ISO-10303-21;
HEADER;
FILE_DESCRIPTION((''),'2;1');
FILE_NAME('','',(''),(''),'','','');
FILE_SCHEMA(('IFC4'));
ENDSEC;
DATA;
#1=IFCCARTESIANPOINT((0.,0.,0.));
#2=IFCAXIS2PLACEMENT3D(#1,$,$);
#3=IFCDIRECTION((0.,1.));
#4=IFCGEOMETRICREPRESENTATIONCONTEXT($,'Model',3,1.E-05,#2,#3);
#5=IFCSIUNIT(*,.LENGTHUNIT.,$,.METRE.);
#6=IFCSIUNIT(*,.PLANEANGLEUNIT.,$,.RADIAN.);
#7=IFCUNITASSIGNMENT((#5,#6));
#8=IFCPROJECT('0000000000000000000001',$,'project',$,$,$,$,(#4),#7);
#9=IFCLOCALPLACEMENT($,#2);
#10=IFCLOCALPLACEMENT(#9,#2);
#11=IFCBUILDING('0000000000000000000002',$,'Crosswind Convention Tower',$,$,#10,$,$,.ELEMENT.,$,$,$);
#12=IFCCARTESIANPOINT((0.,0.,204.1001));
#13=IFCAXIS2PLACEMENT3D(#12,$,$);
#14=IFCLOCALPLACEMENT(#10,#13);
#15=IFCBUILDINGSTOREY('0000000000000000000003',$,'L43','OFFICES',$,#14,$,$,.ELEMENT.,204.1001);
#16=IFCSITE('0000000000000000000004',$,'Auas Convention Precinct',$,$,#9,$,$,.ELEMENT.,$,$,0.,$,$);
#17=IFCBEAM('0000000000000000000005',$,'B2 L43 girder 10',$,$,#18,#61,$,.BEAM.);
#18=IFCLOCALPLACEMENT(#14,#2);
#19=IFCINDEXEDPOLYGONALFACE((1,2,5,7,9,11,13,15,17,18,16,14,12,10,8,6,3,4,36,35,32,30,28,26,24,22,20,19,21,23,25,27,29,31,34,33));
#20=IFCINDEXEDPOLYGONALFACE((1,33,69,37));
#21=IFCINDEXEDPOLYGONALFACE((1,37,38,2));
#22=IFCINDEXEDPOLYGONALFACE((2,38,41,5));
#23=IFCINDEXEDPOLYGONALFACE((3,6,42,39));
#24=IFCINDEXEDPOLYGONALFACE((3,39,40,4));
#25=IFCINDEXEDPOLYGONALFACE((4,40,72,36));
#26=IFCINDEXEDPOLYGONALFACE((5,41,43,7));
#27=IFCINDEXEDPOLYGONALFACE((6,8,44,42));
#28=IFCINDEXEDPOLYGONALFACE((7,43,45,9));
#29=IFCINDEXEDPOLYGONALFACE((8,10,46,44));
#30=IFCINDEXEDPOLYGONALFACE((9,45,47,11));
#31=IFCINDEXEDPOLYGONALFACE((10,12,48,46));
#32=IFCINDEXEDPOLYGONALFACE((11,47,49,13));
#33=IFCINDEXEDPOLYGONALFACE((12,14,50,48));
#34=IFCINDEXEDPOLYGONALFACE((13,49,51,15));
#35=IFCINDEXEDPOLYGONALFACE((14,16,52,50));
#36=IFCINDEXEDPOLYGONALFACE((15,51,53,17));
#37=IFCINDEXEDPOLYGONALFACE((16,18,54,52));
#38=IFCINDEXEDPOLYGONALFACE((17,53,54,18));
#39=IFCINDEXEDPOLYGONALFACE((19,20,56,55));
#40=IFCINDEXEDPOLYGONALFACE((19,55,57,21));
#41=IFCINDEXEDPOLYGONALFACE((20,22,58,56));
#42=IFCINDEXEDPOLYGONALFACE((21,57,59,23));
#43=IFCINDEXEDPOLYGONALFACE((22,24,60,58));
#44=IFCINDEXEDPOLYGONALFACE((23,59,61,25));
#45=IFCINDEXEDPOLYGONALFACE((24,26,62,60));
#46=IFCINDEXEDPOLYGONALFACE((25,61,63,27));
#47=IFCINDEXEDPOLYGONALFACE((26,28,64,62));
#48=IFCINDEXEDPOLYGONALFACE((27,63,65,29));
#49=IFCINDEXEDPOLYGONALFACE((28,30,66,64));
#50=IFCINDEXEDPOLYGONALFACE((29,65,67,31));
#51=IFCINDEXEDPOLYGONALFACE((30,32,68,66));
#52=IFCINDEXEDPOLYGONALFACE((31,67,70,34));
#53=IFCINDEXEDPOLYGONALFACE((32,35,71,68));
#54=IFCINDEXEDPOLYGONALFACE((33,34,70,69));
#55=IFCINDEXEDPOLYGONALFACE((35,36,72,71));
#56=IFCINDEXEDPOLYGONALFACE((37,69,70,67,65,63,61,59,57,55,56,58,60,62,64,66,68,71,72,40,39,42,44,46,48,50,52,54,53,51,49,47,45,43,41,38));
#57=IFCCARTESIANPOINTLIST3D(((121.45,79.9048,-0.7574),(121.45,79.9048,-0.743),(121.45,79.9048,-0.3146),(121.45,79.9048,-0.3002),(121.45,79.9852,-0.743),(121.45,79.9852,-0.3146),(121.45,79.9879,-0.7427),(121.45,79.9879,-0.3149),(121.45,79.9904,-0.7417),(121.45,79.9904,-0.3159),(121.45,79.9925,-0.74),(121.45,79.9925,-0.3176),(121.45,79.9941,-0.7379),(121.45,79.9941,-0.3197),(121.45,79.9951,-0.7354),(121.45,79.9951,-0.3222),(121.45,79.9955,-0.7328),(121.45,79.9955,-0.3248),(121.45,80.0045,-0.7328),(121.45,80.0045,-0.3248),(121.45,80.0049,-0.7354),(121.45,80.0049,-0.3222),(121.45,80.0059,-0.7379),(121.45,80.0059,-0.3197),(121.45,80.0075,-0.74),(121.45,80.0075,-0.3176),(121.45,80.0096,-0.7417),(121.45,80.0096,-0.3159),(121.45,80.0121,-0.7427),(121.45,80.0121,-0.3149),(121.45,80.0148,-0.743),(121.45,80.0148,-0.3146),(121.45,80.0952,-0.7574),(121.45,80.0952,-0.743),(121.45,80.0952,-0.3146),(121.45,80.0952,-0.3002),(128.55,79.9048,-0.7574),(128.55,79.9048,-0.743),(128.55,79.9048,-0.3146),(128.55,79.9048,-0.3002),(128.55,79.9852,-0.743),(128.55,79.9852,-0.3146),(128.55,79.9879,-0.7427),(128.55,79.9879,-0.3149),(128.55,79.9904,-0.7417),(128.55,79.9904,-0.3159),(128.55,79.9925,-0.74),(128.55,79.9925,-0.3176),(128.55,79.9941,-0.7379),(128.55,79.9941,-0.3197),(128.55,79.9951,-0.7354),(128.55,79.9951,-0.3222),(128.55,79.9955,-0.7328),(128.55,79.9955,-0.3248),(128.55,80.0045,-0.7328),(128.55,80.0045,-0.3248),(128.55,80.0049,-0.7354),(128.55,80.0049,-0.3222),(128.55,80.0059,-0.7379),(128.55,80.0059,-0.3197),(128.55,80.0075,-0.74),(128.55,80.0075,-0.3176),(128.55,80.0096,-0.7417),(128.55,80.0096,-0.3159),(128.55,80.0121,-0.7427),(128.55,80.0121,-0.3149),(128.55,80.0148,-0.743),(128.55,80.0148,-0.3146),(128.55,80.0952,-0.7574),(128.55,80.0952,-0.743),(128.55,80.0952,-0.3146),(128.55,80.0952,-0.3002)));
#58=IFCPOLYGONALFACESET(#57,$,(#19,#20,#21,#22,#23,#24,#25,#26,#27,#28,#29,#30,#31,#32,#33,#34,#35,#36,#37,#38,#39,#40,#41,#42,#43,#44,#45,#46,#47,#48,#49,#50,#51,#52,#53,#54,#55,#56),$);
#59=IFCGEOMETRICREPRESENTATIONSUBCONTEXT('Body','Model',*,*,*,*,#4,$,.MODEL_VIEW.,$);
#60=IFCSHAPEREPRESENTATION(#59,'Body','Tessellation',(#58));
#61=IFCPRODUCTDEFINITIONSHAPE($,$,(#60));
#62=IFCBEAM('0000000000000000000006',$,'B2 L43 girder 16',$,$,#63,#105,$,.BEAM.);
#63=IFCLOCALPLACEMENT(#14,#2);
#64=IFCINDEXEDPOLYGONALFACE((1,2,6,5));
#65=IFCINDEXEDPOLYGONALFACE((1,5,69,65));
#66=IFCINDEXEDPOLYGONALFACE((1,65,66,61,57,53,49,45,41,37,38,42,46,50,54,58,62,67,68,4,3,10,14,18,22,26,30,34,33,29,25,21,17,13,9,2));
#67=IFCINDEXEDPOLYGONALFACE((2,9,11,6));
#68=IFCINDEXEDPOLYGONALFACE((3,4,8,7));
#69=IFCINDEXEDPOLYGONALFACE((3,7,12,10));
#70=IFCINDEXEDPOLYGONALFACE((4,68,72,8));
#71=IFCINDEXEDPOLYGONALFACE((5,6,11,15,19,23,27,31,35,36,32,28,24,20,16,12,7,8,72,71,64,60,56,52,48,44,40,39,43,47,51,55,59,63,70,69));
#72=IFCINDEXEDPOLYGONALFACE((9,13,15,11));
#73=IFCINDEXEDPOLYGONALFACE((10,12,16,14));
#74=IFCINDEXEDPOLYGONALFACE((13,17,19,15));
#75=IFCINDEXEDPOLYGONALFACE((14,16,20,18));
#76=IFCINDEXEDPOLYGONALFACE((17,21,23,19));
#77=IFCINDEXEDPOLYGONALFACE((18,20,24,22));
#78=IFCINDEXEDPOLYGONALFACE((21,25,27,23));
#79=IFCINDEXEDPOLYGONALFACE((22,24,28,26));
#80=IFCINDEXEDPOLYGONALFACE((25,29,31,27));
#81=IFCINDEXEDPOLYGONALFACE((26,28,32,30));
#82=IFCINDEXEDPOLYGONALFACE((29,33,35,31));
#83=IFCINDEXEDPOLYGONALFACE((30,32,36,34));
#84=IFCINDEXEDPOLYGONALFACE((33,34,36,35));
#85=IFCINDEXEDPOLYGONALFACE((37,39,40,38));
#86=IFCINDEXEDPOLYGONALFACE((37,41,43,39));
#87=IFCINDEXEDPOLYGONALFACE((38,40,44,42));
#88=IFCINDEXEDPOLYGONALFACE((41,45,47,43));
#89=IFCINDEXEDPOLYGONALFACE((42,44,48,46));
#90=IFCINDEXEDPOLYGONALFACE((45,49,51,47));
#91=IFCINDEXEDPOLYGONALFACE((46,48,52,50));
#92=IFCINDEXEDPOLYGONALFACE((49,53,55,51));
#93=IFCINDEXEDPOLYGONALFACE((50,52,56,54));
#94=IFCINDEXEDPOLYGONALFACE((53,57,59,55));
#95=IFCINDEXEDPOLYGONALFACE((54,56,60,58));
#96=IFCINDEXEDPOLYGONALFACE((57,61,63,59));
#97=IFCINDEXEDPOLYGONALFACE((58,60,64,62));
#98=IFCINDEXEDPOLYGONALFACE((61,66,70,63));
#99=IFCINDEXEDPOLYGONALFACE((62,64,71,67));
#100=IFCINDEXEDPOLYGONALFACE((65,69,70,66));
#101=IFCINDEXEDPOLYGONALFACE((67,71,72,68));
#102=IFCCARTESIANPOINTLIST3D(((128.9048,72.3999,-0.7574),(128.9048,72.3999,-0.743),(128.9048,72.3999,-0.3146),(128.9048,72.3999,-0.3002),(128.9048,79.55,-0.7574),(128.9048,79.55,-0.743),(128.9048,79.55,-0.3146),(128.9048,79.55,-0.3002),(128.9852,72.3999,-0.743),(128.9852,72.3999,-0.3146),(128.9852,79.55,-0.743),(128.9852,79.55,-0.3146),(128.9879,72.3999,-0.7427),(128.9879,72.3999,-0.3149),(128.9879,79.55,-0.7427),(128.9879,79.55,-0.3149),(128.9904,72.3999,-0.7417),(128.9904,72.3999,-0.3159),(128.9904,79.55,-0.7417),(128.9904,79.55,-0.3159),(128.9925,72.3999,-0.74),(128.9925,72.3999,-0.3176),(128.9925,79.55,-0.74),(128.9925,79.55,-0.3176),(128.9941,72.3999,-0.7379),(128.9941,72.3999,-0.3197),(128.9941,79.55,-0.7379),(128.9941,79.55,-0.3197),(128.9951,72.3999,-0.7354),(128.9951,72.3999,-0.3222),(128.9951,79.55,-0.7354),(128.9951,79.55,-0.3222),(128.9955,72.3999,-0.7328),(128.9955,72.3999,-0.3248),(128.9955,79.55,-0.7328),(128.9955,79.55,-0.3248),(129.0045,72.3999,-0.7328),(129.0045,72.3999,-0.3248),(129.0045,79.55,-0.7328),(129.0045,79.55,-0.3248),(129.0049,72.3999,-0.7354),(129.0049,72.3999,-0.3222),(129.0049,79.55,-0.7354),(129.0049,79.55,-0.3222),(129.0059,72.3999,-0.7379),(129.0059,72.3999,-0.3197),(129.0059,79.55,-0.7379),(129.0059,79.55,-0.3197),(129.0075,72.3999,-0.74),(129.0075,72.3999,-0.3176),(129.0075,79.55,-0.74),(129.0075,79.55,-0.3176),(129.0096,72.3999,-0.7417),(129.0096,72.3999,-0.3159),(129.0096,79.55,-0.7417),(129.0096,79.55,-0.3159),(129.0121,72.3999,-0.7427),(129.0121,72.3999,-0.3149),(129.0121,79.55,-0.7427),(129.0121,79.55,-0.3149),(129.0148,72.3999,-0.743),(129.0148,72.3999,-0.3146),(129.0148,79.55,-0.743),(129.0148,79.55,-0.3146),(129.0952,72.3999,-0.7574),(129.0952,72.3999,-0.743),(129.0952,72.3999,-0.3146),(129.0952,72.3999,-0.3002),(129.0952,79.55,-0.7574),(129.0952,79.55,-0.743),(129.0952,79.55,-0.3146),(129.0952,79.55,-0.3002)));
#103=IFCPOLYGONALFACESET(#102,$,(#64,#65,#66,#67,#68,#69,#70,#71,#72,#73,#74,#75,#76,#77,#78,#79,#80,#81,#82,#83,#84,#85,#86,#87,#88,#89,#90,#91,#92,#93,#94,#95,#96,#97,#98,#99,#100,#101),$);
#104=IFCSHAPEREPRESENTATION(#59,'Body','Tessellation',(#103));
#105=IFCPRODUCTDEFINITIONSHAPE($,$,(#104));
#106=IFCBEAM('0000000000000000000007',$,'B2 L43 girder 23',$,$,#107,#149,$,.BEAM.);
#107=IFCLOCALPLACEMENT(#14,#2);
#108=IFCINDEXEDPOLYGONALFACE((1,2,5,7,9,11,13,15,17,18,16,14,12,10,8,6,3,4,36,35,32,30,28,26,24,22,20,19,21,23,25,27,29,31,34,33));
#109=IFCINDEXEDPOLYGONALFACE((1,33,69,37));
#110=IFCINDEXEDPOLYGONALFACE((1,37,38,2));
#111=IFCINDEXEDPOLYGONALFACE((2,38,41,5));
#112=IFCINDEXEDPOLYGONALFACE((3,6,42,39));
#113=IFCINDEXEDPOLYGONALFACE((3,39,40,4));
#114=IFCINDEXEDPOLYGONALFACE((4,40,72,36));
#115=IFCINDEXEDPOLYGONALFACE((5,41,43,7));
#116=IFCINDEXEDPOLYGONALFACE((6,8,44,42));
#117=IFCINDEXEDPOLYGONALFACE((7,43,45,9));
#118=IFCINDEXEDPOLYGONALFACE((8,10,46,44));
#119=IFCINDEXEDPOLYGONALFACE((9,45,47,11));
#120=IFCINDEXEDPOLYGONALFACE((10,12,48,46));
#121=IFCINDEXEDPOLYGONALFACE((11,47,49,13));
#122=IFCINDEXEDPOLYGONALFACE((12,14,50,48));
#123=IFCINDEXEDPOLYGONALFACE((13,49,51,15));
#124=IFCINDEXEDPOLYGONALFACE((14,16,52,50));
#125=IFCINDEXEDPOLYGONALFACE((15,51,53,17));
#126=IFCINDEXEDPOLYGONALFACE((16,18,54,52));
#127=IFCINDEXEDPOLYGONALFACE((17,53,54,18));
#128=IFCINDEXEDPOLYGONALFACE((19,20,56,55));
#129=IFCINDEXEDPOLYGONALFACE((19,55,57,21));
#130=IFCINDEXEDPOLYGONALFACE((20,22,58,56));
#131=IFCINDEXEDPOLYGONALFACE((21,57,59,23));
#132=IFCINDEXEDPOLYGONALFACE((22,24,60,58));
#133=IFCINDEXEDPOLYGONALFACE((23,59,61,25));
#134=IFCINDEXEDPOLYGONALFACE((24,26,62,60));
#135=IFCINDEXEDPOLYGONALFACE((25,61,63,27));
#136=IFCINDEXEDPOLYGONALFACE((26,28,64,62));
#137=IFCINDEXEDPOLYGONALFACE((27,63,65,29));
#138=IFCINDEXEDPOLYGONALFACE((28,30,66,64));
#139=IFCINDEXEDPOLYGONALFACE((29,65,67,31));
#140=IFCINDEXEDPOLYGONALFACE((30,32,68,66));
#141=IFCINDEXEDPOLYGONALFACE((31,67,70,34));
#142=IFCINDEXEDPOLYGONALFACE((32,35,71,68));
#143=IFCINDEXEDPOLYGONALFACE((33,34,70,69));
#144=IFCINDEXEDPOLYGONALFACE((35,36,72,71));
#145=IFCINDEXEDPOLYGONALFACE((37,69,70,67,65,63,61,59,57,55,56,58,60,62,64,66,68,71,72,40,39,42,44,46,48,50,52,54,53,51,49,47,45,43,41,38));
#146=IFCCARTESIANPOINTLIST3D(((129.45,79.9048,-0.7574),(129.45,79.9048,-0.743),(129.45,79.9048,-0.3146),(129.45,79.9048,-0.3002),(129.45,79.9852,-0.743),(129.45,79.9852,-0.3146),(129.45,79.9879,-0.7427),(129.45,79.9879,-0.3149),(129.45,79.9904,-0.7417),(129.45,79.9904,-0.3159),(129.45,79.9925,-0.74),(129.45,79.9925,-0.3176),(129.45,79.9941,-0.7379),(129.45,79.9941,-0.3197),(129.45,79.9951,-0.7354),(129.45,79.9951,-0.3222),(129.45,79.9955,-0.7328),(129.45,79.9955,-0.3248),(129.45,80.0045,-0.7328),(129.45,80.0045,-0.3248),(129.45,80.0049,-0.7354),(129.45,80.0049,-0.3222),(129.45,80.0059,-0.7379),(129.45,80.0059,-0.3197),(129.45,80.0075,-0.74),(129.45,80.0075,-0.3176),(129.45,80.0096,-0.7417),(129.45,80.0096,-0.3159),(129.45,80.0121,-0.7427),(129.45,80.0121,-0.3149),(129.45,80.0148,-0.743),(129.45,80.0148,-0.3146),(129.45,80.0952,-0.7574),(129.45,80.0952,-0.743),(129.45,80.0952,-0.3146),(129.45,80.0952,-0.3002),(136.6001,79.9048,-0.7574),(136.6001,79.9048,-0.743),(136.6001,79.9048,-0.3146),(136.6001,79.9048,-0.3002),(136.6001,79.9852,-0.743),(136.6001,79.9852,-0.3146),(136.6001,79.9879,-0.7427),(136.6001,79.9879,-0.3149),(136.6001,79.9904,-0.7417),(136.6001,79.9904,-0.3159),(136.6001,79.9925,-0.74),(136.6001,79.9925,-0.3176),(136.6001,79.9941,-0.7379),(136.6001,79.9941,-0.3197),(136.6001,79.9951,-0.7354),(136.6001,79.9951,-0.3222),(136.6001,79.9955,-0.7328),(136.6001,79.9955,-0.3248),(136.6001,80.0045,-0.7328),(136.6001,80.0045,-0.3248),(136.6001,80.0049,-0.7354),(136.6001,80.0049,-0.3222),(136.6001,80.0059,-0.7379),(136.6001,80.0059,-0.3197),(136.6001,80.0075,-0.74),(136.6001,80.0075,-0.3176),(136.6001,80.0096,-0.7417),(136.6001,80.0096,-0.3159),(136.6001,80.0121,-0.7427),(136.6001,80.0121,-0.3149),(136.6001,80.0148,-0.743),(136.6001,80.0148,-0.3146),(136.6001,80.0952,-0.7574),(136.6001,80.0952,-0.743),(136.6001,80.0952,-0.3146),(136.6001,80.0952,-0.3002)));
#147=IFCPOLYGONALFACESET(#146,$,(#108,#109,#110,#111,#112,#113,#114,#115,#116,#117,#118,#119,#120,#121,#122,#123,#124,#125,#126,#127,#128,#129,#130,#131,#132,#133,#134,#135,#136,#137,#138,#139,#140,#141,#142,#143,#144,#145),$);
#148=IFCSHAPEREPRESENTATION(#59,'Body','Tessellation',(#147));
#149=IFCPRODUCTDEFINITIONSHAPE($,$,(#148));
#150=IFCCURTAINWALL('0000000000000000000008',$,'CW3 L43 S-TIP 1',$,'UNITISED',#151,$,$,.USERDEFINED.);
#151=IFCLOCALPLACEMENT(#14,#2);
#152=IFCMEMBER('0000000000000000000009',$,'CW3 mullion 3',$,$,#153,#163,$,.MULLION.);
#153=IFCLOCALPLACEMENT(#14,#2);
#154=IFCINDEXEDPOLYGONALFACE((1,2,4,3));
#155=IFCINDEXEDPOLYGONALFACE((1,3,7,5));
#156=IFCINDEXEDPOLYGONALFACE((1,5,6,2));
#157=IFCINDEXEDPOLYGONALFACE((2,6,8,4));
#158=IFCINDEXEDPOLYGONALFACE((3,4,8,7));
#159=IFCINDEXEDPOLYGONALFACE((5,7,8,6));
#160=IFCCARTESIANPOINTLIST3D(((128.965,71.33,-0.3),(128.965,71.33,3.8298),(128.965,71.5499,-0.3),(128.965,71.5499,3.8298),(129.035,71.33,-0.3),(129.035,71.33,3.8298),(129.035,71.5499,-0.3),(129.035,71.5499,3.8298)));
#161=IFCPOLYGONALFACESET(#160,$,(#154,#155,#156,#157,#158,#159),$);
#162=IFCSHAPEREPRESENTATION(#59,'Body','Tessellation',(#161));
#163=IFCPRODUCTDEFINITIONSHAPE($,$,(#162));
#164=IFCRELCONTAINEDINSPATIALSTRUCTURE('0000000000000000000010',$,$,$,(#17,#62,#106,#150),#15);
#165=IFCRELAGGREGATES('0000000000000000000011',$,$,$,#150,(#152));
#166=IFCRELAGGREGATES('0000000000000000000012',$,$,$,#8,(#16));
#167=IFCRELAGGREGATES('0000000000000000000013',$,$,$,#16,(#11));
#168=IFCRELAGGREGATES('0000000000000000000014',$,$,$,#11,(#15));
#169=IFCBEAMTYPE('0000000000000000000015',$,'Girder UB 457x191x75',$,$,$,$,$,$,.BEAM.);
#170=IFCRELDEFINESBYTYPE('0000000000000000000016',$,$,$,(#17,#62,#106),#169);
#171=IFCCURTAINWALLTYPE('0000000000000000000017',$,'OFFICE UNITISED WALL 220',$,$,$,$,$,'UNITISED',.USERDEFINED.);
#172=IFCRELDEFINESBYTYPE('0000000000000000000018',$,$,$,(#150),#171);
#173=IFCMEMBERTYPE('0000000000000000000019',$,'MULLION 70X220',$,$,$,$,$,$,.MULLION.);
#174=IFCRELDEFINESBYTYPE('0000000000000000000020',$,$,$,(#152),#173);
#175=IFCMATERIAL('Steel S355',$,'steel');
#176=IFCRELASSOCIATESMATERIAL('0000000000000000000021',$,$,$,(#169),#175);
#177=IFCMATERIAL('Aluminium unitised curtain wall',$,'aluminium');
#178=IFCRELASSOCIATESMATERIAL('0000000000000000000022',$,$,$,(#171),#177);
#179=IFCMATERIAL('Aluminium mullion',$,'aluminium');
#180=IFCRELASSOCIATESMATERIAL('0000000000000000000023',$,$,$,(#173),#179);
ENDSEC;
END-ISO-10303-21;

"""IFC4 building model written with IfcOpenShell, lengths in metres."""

from ifc_helpers import new_model, si_unit, direction, frame, origin, origin_2d, place, context, subcontext, project, spatial, rectangle, i_section, extrude, material, material_profile, profile_set, type_object, element, aggregate, save


model = new_model("IFC4")

# Units and contexts
model_context = context("Model", 3, precision=1e-05, world=origin(), true_north=direction((0.0, 1.0)))
body_context = subcontext(model_context, "Body", "Model", "MODEL_VIEW")
ifc_project = project(units=[si_unit("LENGTHUNIT", "METRE"), si_unit("PLANEANGLEUNIT", "RADIAN")], contexts=[model_context])

# Site, building, storey
site_placement = place(None, origin())
site = spatial("IfcSite", under=ifc_project, at=site_placement, Name="Auas Convention Precinct", CompositionType="ELEMENT", RefElevation=0.0)
building_placement = place(site_placement, origin())
building = spatial("IfcBuilding", under=site, at=building_placement, Name="Crosswind Convention Tower", CompositionType="ELEMENT")
storey_placement = place(building_placement, frame((0.0, 0.0, 204.1001)))
storey = spatial("IfcBuildingStorey", under=building, at=storey_placement, Name="L43", Description="OFFICES", CompositionType="ELEMENT", Elevation=204.1001)

# Beams
ifc_material_1 = material(Name="Steel S355", Category="steel")
ifc_material_profile_1 = material_profile(ifc_material_1, i_section(OverallWidth=0.1904, OverallDepth=0.4573, WebThickness=0.009, FlangeThickness=0.0144, FilletRadius=0.0103, at=origin_2d()), Name="UB 457x191x75")
ifc_profile_set_1 = profile_set([ifc_material_profile_1], Name="Steel S355")
beam_type_1 = type_object("IfcBeamType", Name="Girder UB 457x191x75", PredefinedType="BEAM", material=ifc_profile_set_1)
beam_1_placement = place(storey_placement, frame((121.45, 80.0, -0.5288), z_axis=(1.0, 0.0, 0.0), x_axis=(0.0, 1.0, 0.0)))
element("IfcBeam", 1, at=beam_1_placement, inside=storey, type_object=beam_type_1, Name="B2 L43 girder 10", PredefinedType="BEAM", context=body_context, shape_type="SweptSolid", body=[
    extrude(i_section(OverallWidth=0.1904, OverallDepth=0.4573, WebThickness=0.009, FlangeThickness=0.0144, FilletRadius=0.0103, at=origin_2d()), origin(), (0.0, 0.0, 1.0), 7.1001),
])
for number, where, z_axis, x_axis, name in (
    (2, (129.0, 72.3999, -0.5288), (0.0, 1.0, 0.0), (-1.0, 0.0, 0.0), "B2 L43 girder 16"),
    (3, (129.45, 80.0, -0.5288), (1.0, 0.0, 0.0), (0.0, 1.0, 0.0), "B2 L43 girder 23"),
):
    element("IfcBeam", number, at=place(storey_placement, frame(where, z_axis=z_axis, x_axis=x_axis)), inside=storey, type_object=beam_type_1, Name=name, PredefinedType="BEAM", context=body_context, shape_type="SweptSolid", body=[
        extrude(i_section(OverallWidth=0.1904, OverallDepth=0.4573, WebThickness=0.009, FlangeThickness=0.0144, FilletRadius=0.0103, at=origin_2d()), origin(), (0.0, 0.0, 1.0), 7.1501),
    ])

# Curtain wall, member
ifc_material_2 = material(Name="Aluminium unitised curtain wall", Category="aluminium")
curtain_wall_type = type_object("IfcCurtainWallType", Name="OFFICE UNITISED WALL 220", ElementType="UNITISED", PredefinedType="USERDEFINED", material=ifc_material_2)
curtain_wall_placement = place(storey_placement, origin())
curtain_wall = element("IfcCurtainWall", 4, at=curtain_wall_placement, inside=storey, type_object=curtain_wall_type, Name="CW3 L43 S-TIP 1", ObjectType="UNITISED", PredefinedType="USERDEFINED")
ifc_material_3 = material(Name="Aluminium mullion", Category="aluminium")
ifc_material_profile_2 = material_profile(ifc_material_3, rectangle(XDim=0.22, YDim=0.0701, at=origin_2d()), Name="AL 220X70")
ifc_profile_set_2 = profile_set([ifc_material_profile_2], Name="Aluminium mullion")
member_type = type_object("IfcMemberType", Name="MULLION 70X220", PredefinedType="MULLION", material=ifc_profile_set_2)
member_placement = place(storey_placement, frame((129.0, 71.4399, -0.3), z_axis=(0.0, 0.0, 1.0), x_axis=(0.0, -1.0, 0.0)))
member = element("IfcMember", 5, at=member_placement, type_object=member_type, Name="CW3 mullion 3", PredefinedType="MULLION", context=body_context, shape_type="SweptSolid", body=[
    extrude(rectangle(XDim=0.22, YDim=0.0701, at=origin_2d()), origin(), (0.0, 0.0, 1.0), 4.1299),
])

aggregate(curtain_wall, [member])

save(model, "model.ifc")
